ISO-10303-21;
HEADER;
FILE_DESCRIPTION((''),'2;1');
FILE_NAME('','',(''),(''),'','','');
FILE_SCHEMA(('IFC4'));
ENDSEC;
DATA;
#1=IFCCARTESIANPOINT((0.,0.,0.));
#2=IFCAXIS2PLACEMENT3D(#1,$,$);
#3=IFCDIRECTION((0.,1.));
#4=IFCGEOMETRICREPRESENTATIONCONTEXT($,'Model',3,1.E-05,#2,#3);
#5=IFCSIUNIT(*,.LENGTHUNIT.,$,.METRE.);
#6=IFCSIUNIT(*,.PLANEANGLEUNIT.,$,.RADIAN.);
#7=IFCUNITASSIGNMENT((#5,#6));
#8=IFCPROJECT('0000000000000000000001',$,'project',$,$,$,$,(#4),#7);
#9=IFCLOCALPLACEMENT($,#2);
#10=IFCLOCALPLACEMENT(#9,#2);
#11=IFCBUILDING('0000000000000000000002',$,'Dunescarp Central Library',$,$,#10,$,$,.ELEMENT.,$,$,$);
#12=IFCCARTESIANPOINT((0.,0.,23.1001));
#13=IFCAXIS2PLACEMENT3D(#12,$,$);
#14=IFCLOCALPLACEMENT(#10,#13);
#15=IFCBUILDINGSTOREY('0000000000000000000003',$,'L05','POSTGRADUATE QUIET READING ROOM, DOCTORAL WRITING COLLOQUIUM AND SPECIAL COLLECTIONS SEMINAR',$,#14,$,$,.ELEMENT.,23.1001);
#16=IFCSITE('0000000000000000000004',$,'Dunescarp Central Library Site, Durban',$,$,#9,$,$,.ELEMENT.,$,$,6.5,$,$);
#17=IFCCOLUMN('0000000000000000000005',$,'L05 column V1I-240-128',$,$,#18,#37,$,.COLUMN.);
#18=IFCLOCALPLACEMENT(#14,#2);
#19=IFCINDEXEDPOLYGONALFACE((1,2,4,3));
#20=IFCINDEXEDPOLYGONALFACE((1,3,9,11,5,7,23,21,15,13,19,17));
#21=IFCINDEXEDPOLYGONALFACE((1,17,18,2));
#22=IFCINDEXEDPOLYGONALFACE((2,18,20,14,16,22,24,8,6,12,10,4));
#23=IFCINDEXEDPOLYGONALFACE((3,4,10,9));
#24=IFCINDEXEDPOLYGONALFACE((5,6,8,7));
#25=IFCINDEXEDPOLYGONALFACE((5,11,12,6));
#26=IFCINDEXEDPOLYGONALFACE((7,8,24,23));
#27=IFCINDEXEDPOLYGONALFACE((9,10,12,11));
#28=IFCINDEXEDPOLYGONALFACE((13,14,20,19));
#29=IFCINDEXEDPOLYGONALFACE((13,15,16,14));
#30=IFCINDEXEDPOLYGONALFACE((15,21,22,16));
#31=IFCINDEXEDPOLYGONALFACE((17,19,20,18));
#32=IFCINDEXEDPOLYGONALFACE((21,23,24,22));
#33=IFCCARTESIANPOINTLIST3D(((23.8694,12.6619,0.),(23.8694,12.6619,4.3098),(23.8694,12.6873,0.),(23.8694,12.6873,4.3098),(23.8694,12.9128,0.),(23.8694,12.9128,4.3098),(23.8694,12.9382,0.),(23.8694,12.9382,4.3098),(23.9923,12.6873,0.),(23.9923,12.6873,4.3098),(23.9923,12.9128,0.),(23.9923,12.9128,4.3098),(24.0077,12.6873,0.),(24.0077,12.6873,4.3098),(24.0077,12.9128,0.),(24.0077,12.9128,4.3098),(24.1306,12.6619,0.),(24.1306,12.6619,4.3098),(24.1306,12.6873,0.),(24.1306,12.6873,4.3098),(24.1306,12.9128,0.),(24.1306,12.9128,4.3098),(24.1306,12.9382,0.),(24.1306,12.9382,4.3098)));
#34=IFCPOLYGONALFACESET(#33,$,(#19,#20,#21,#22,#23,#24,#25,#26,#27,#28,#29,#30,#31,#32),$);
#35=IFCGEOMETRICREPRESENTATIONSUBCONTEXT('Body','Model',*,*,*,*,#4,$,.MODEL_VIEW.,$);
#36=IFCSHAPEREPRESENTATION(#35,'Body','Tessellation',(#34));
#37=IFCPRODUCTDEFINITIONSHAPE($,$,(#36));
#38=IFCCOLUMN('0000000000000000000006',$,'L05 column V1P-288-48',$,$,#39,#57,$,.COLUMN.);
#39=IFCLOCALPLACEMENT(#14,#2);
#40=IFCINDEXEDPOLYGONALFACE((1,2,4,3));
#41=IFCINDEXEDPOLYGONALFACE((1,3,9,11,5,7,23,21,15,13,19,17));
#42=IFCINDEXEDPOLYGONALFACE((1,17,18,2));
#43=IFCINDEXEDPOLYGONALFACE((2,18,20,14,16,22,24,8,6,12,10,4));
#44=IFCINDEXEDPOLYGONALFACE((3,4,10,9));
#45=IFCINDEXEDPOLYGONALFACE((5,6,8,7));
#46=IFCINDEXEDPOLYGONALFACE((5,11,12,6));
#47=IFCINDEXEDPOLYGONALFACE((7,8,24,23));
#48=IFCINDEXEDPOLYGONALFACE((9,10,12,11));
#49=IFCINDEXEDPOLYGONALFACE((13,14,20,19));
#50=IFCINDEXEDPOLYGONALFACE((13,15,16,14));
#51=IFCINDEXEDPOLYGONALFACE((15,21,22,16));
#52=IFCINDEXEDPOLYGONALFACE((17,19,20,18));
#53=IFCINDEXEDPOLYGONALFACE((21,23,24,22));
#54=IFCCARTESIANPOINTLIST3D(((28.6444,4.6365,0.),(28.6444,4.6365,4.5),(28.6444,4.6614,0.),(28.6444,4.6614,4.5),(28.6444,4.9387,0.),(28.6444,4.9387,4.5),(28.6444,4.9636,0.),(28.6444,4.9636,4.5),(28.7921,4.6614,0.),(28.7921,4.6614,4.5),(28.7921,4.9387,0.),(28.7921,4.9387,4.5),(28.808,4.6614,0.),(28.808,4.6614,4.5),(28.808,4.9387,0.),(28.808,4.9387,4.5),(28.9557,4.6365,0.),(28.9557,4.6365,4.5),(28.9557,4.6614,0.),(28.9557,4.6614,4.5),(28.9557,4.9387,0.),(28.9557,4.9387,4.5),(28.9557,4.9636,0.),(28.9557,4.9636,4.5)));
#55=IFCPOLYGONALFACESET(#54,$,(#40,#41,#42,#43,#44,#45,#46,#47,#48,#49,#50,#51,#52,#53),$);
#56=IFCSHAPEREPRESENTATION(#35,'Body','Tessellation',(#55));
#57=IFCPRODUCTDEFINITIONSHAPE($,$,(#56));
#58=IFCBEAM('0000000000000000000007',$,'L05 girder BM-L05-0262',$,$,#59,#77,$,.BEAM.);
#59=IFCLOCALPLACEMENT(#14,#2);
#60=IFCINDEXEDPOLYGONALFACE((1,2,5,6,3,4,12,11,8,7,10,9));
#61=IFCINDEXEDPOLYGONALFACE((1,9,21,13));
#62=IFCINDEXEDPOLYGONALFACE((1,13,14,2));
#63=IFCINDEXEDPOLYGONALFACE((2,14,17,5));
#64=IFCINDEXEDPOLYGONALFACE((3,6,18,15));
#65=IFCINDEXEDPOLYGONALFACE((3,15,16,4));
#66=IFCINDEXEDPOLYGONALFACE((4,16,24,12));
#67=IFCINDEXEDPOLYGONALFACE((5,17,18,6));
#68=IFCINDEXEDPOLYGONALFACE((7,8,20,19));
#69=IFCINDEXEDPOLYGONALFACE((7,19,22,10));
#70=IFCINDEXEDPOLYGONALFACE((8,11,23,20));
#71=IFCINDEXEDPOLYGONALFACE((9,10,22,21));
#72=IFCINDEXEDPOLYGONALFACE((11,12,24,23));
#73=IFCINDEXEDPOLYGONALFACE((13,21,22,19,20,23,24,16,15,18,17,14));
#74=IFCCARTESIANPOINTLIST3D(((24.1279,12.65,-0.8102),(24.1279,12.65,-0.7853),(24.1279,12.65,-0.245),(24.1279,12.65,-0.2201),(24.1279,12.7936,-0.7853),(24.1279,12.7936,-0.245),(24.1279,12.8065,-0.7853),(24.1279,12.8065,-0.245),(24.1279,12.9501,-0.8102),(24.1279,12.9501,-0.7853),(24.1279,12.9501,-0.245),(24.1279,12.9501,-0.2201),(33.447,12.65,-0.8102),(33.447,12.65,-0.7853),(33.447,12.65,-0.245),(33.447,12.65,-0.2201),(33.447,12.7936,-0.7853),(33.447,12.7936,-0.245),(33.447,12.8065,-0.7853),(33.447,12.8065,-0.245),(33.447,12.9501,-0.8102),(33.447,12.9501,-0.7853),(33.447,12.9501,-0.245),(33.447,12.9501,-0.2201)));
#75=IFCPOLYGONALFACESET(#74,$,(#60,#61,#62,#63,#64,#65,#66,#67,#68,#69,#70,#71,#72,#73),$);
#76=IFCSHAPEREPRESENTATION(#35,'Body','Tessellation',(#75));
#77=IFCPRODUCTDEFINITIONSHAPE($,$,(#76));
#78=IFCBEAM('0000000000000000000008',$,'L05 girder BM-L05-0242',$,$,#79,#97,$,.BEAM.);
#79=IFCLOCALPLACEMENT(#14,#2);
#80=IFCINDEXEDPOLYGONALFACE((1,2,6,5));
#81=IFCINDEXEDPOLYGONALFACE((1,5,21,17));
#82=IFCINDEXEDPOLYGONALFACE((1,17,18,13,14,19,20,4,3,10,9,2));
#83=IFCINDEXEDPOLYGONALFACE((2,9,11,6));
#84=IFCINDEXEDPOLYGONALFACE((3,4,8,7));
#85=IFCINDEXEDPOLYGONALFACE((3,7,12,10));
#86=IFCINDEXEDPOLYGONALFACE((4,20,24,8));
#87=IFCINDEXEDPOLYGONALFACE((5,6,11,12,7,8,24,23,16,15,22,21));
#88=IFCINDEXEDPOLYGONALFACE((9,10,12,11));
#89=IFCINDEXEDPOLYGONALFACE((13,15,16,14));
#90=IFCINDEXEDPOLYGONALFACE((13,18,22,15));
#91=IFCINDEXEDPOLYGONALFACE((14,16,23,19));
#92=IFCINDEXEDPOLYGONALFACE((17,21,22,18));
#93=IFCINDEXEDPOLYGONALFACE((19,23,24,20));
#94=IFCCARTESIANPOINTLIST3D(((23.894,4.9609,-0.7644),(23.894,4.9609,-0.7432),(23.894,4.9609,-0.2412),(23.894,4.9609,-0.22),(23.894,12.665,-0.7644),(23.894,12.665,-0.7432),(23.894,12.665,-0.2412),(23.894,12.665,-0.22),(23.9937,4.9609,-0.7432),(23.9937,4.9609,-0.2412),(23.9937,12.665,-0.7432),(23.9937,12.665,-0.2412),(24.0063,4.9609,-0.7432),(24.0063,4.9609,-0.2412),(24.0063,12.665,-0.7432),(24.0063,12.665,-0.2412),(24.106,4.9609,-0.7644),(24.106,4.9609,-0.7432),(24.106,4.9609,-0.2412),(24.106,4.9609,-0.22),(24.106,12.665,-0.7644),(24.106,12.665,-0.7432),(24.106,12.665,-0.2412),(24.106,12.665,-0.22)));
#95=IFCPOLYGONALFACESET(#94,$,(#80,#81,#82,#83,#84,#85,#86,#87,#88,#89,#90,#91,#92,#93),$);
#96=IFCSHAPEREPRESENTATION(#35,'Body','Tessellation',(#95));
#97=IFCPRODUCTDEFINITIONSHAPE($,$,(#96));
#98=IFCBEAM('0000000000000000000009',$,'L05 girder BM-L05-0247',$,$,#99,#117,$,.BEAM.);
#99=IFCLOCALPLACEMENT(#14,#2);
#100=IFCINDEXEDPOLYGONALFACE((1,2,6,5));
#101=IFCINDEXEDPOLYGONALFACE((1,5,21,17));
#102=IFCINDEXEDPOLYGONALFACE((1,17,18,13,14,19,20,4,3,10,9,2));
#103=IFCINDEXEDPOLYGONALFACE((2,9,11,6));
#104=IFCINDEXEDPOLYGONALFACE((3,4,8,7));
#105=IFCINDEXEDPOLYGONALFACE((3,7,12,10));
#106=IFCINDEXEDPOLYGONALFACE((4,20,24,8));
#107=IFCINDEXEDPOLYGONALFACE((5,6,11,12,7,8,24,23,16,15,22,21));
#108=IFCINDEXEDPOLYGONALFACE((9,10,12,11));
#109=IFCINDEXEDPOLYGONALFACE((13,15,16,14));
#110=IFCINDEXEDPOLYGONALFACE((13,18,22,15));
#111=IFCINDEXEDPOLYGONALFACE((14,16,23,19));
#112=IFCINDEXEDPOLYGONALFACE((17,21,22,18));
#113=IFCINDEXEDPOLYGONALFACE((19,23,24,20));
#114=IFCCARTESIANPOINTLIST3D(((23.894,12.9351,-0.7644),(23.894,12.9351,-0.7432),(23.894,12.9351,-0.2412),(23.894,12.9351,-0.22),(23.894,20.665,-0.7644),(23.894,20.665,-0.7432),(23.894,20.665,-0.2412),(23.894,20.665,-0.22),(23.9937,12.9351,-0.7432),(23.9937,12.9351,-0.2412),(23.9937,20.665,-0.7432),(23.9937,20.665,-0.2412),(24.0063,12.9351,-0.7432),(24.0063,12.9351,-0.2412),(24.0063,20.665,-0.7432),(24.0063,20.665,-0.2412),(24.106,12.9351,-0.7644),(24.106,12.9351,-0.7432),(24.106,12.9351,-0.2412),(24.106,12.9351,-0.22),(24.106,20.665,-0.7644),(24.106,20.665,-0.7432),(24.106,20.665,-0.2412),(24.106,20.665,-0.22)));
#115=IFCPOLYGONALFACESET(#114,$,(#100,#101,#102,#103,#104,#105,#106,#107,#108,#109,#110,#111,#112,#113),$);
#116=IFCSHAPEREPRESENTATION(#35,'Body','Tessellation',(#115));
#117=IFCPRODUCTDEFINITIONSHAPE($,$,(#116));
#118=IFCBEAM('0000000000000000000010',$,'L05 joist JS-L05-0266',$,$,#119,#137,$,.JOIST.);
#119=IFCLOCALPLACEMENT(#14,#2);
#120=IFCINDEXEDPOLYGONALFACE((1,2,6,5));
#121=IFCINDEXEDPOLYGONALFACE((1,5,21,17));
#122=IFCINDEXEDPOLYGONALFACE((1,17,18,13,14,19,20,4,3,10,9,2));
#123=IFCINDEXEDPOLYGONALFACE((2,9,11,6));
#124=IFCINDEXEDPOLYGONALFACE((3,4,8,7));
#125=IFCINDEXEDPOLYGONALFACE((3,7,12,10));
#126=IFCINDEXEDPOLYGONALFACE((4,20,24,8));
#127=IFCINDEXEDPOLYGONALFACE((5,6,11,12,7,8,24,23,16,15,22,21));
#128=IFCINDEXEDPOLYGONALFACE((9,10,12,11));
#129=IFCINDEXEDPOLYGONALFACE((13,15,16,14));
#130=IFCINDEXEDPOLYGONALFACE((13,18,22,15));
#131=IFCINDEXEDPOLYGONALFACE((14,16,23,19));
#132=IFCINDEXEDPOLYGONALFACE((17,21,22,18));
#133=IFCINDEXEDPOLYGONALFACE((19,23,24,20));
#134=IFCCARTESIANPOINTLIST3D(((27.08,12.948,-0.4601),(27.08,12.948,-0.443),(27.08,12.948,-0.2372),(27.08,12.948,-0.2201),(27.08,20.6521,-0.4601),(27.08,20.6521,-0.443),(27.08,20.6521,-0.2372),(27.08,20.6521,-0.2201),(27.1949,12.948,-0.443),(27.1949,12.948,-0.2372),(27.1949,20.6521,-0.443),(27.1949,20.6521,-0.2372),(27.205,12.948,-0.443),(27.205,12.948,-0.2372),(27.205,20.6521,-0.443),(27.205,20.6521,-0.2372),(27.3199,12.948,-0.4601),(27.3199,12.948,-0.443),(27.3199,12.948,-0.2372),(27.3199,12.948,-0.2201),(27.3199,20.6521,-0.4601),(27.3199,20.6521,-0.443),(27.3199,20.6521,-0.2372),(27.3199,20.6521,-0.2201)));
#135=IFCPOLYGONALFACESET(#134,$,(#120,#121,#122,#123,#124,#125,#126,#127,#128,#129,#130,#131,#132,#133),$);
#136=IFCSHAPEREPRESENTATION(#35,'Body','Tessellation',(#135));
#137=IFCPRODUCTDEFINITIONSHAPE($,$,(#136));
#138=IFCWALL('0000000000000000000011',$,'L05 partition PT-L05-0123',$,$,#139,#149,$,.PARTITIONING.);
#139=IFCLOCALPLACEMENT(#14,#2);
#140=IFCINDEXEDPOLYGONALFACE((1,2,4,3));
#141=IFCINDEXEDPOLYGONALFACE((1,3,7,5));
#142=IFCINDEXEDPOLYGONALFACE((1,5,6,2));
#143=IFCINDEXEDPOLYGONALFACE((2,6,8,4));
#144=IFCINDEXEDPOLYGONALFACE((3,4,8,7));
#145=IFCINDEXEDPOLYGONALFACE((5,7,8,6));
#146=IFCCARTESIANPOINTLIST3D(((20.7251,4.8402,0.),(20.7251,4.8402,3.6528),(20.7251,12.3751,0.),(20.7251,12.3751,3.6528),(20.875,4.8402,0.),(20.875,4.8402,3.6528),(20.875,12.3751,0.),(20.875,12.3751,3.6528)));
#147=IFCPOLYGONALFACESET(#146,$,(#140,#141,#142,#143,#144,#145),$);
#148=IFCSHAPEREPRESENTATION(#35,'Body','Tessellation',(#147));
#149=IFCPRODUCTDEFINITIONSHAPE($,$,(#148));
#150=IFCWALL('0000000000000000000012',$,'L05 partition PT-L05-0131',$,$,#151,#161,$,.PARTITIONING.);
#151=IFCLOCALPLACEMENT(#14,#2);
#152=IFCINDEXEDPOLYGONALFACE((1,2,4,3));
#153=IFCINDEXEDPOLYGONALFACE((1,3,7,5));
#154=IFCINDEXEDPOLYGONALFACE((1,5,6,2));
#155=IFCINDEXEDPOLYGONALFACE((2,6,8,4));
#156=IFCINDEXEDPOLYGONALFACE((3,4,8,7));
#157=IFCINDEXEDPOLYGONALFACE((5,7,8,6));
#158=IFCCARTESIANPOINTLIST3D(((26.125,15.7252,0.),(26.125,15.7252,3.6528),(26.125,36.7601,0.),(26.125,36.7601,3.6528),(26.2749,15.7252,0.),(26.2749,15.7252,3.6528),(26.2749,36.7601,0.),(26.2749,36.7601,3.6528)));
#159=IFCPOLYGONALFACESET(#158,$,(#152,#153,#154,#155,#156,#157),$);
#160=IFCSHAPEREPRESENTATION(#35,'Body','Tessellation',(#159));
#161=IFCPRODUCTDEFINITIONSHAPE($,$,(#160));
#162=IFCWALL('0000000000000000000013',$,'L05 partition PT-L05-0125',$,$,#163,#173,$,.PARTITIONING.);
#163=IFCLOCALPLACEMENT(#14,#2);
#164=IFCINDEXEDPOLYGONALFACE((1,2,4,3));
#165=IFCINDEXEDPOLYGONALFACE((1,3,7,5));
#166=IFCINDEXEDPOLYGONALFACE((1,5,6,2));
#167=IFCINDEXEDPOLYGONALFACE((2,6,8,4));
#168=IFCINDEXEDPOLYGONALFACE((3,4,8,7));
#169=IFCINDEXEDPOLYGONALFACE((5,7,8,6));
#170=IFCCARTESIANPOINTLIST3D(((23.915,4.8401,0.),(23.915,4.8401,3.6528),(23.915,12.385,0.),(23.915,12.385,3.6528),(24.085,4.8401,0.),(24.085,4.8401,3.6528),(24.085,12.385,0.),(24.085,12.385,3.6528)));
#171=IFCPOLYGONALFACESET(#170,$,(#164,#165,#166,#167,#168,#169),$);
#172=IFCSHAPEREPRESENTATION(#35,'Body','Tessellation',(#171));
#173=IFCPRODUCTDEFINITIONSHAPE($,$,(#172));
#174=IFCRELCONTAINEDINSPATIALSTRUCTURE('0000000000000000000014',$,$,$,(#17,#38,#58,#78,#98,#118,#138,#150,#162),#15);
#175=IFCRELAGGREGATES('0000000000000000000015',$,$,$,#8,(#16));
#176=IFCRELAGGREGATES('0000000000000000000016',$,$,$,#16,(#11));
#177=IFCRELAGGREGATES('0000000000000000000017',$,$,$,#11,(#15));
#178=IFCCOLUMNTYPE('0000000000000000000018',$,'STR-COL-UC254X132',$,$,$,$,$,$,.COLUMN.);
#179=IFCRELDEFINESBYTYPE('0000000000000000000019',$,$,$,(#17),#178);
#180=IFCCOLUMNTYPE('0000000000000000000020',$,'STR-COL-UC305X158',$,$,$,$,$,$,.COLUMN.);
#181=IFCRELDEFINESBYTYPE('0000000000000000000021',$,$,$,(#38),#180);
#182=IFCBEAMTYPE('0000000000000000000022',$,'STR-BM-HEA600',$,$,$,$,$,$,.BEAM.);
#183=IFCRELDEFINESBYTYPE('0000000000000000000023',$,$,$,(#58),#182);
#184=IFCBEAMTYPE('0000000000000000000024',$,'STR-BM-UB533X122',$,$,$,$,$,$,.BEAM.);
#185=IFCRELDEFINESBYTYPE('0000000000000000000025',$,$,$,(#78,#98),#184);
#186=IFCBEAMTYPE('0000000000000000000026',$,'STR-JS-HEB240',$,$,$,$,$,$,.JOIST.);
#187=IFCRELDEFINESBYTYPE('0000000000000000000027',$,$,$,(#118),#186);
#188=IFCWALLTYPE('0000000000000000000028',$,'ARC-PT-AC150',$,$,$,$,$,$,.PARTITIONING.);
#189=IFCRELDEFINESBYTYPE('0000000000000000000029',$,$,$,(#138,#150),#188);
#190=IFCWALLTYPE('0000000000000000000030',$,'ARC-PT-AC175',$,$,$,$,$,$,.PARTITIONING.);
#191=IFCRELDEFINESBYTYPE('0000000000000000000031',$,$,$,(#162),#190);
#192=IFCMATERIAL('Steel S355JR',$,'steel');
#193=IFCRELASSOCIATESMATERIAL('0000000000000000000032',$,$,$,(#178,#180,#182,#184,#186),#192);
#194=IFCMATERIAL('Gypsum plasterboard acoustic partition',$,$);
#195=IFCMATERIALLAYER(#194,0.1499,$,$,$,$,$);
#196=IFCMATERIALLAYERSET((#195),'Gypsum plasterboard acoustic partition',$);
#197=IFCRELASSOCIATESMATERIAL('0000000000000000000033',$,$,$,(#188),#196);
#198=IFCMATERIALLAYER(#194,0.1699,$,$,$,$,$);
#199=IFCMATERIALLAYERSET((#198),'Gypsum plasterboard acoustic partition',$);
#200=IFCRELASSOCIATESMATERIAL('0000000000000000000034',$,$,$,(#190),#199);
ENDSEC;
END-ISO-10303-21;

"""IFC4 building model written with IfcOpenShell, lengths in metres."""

from ifc_helpers import new_model, si_unit, direction, frame, frame_2d, origin, origin_2d, place, context, subcontext, project, spatial, rectangle, i_section, extrude, material, layer, layer_set, material_profile, profile_set, type_object, element, save


model = new_model("IFC4")

# Units and contexts
model_context = context("Model", 3, precision=1e-05, world=origin(), true_north=direction((0.0, 1.0)))
body_context = subcontext(model_context, "Body", "Model", "MODEL_VIEW")
ifc_project = project(units=[si_unit("LENGTHUNIT", "METRE"), si_unit("PLANEANGLEUNIT", "RADIAN")], contexts=[model_context])

# Site, building, storey
site_placement = place(None, origin())
site = spatial("IfcSite", under=ifc_project, at=site_placement, Name="Dunescarp Central Library Site, Durban", CompositionType="ELEMENT", RefElevation=6.5)
building_placement = place(site_placement, origin())
building = spatial("IfcBuilding", under=site, at=building_placement, Name="Dunescarp Central Library", CompositionType="ELEMENT")
storey_placement = place(building_placement, frame((0.0, 0.0, 23.1001)))
storey = spatial("IfcBuildingStorey", under=building, at=storey_placement, Name="L05", Description="POSTGRADUATE QUIET READING ROOM, DOCTORAL WRITING COLLOQUIUM AND SPECIAL COLLECTIONS SEMINAR", CompositionType="ELEMENT", Elevation=23.1001)

# Columns
ifc_material_1 = material(Name="Steel S355JR", Category="steel")
ifc_material_profile_1 = material_profile(ifc_material_1, i_section(OverallWidth=0.2612, OverallDepth=0.2764, WebThickness=0.0154, FlangeThickness=0.0254, at=origin_2d()), Name="UC 254x254x132")
ifc_profile_set_1 = profile_set([ifc_material_profile_1], Name="Steel S355JR")
column_type_1 = type_object("IfcColumnType", Name="STR-COL-UC254X132", PredefinedType="COLUMN", material=ifc_profile_set_1)
column_1_placement = place(storey_placement, frame((24.0, 12.8, 0.0), z_axis=(0.0, 0.0, 1.0), x_axis=(1.0, 0.0, 0.0)))
element("IfcColumn", 1, at=column_1_placement, inside=storey, type_object=column_type_1, Name="L05 column V1I-240-128", PredefinedType="COLUMN", context=body_context, shape_type="SweptSolid", body=[
    extrude(i_section(OverallWidth=0.2612, OverallDepth=0.2764, WebThickness=0.0154, FlangeThickness=0.0254, at=origin_2d()), origin(), (0.0, 0.0, 1.0), 4.3098),
])
ifc_material_profile_2 = material_profile(ifc_material_1, i_section(OverallWidth=0.3113, OverallDepth=0.3271, WebThickness=0.0159, FlangeThickness=0.0249, at=origin_2d()), Name="UC 305x305x158")
ifc_profile_set_2 = profile_set([ifc_material_profile_2], Name="Steel S355JR")
column_type_2 = type_object("IfcColumnType", Name="STR-COL-UC305X158", PredefinedType="COLUMN", material=ifc_profile_set_2)
column_2_placement = place(storey_placement, frame((28.8, 4.8, 0.0), z_axis=(0.0, 0.0, 1.0), x_axis=(1.0, 0.0, 0.0)))
element("IfcColumn", 2, at=column_2_placement, inside=storey, type_object=column_type_2, Name="L05 column V1P-288-48", PredefinedType="COLUMN", context=body_context, shape_type="SweptSolid", body=[
    extrude(i_section(OverallWidth=0.3113, OverallDepth=0.3271, WebThickness=0.0159, FlangeThickness=0.0249, at=origin_2d()), origin(), (0.0, 0.0, 1.0), 4.5),
])

# Beams
ifc_material_profile_3 = material_profile(ifc_material_1, i_section(OverallWidth=0.3, OverallDepth=0.5901, WebThickness=0.0129, FlangeThickness=0.0249, at=origin_2d()), Name="HEA 600")
ifc_profile_set_3 = profile_set([ifc_material_profile_3], Name="Steel S355JR")
beam_type_1 = type_object("IfcBeamType", Name="STR-BM-HEA600", PredefinedType="BEAM", material=ifc_profile_set_3)
beam_1_placement = place(storey_placement, frame((24.1279, 12.8, -0.5151), z_axis=(1.0, 0.0, 0.0), x_axis=(0.0, 1.0, 0.0)))
element("IfcBeam", 3, at=beam_1_placement, inside=storey, type_object=beam_type_1, Name="L05 girder BM-L05-0262", PredefinedType="BEAM", context=body_context, shape_type="SweptSolid", body=[
    extrude(i_section(OverallWidth=0.3, OverallDepth=0.5901, WebThickness=0.0129, FlangeThickness=0.0249, at=origin_2d()), origin(), (0.0, 0.0, 1.0), 9.3191),
])
ifc_material_profile_4 = material_profile(ifc_material_1, i_section(OverallWidth=0.2119, OverallDepth=0.5444, WebThickness=0.0127, FlangeThickness=0.0212, at=origin_2d()), Name="UB 533x210x122")
ifc_profile_set_4 = profile_set([ifc_material_profile_4], Name="Steel S355JR")
beam_type_2 = type_object("IfcBeamType", Name="STR-BM-UB533X122", PredefinedType="BEAM", material=ifc_profile_set_4)
beam_2_placement = place(storey_placement, frame((24.0, 4.9609, -0.4922), z_axis=(0.0, 1.0, 0.0), x_axis=(-1.0, 0.0, 0.0)))
element("IfcBeam", 4, at=beam_2_placement, inside=storey, type_object=beam_type_2, Name="L05 girder BM-L05-0242", PredefinedType="BEAM", context=body_context, shape_type="SweptSolid", body=[
    extrude(i_section(OverallWidth=0.2119, OverallDepth=0.5444, WebThickness=0.0127, FlangeThickness=0.0212, at=origin_2d()), origin(), (0.0, 0.0, 1.0), 7.7041),
])
beam_3_placement = place(storey_placement, frame((24.0, 12.9351, -0.4922), z_axis=(0.0, 1.0, 0.0), x_axis=(-1.0, 0.0, 0.0)))
element("IfcBeam", 5, at=beam_3_placement, inside=storey, type_object=beam_type_2, Name="L05 girder BM-L05-0247", PredefinedType="BEAM", context=body_context, shape_type="SweptSolid", body=[
    extrude(i_section(OverallWidth=0.2119, OverallDepth=0.5444, WebThickness=0.0127, FlangeThickness=0.0212, at=origin_2d()), origin(), (0.0, 0.0, 1.0), 7.73),
])
ifc_material_profile_5 = material_profile(ifc_material_1, i_section(OverallWidth=0.24, OverallDepth=0.24, WebThickness=0.01, FlangeThickness=0.0171, at=origin_2d()), Name="HEB 240")
ifc_profile_set_5 = profile_set([ifc_material_profile_5], Name="Steel S355JR")
beam_type_3 = type_object("IfcBeamType", Name="STR-JS-HEB240", PredefinedType="JOIST", material=ifc_profile_set_5)
beam_4_placement = place(storey_placement, frame((27.2, 12.948, -0.3401), z_axis=(0.0, 1.0, 0.0), x_axis=(-1.0, 0.0, 0.0)))
element("IfcBeam", 6, at=beam_4_placement, inside=storey, type_object=beam_type_3, Name="L05 joist JS-L05-0266", PredefinedType="JOIST", context=body_context, shape_type="SweptSolid", body=[
    extrude(i_section(OverallWidth=0.24, OverallDepth=0.24, WebThickness=0.01, FlangeThickness=0.0171, at=origin_2d()), origin(), (0.0, 0.0, 1.0), 7.7041),
])

# Walls
ifc_material_2 = material(Name="Gypsum plasterboard acoustic partition")
ifc_layer_1 = layer(ifc_material_2, 0.1499)
ifc_layer_set_1 = layer_set([ifc_layer_1], Name="Gypsum plasterboard acoustic partition")
wall_type_1 = type_object("IfcWallType", Name="ARC-PT-AC150", PredefinedType="PARTITIONING", material=ifc_layer_set_1)
wall_1_placement = place(storey_placement, frame((20.8, 4.8401, 0.0), z_axis=(0.0, 0.0, 1.0), x_axis=(0.0, 1.0, 0.0)))
element("IfcWall", 7, at=wall_1_placement, inside=storey, type_object=wall_type_1, Name="L05 partition PT-L05-0123", PredefinedType="PARTITIONING", context=body_context, shape_type="SweptSolid", body=[
    extrude(rectangle(XDim=7.5349, YDim=0.1499, at=frame_2d((3.7676, 0.0))), origin(), (0.0, 0.0, 1.0), 3.6528),
])
wall_2_placement = place(storey_placement, frame((26.2, 15.7251, 0.0), z_axis=(0.0, 0.0, 1.0), x_axis=(0.0, 1.0, 0.0)))
element("IfcWall", 8, at=wall_2_placement, inside=storey, type_object=wall_type_1, Name="L05 partition PT-L05-0131", PredefinedType="PARTITIONING", context=body_context, shape_type="SweptSolid", body=[
    extrude(rectangle(XDim=21.0349, YDim=0.1499, at=frame_2d((10.5176, 0.0))), origin(), (0.0, 0.0, 1.0), 3.6528),
])

# Shared definitions
ifc_layer_2 = layer(ifc_material_2, 0.1699)
ifc_layer_set_2 = layer_set([ifc_layer_2], Name="Gypsum plasterboard acoustic partition")
wall_type_2 = type_object("IfcWallType", Name="ARC-PT-AC175", PredefinedType="PARTITIONING", material=ifc_layer_set_2)

# Wall
wall_3_placement = place(storey_placement, frame((24.0, 4.8401, 0.0), z_axis=(0.0, 0.0, 1.0), x_axis=(0.0, 1.0, 0.0)))
element("IfcWall", 9, at=wall_3_placement, inside=storey, type_object=wall_type_2, Name="L05 partition PT-L05-0125", PredefinedType="PARTITIONING", context=body_context, shape_type="SweptSolid", body=[
    extrude(rectangle(XDim=7.5449, YDim=0.1699, at=frame_2d((3.7725, 0.0))), origin(), (0.0, 0.0, 1.0), 3.6528),
])

save(model, "model.ifc")
